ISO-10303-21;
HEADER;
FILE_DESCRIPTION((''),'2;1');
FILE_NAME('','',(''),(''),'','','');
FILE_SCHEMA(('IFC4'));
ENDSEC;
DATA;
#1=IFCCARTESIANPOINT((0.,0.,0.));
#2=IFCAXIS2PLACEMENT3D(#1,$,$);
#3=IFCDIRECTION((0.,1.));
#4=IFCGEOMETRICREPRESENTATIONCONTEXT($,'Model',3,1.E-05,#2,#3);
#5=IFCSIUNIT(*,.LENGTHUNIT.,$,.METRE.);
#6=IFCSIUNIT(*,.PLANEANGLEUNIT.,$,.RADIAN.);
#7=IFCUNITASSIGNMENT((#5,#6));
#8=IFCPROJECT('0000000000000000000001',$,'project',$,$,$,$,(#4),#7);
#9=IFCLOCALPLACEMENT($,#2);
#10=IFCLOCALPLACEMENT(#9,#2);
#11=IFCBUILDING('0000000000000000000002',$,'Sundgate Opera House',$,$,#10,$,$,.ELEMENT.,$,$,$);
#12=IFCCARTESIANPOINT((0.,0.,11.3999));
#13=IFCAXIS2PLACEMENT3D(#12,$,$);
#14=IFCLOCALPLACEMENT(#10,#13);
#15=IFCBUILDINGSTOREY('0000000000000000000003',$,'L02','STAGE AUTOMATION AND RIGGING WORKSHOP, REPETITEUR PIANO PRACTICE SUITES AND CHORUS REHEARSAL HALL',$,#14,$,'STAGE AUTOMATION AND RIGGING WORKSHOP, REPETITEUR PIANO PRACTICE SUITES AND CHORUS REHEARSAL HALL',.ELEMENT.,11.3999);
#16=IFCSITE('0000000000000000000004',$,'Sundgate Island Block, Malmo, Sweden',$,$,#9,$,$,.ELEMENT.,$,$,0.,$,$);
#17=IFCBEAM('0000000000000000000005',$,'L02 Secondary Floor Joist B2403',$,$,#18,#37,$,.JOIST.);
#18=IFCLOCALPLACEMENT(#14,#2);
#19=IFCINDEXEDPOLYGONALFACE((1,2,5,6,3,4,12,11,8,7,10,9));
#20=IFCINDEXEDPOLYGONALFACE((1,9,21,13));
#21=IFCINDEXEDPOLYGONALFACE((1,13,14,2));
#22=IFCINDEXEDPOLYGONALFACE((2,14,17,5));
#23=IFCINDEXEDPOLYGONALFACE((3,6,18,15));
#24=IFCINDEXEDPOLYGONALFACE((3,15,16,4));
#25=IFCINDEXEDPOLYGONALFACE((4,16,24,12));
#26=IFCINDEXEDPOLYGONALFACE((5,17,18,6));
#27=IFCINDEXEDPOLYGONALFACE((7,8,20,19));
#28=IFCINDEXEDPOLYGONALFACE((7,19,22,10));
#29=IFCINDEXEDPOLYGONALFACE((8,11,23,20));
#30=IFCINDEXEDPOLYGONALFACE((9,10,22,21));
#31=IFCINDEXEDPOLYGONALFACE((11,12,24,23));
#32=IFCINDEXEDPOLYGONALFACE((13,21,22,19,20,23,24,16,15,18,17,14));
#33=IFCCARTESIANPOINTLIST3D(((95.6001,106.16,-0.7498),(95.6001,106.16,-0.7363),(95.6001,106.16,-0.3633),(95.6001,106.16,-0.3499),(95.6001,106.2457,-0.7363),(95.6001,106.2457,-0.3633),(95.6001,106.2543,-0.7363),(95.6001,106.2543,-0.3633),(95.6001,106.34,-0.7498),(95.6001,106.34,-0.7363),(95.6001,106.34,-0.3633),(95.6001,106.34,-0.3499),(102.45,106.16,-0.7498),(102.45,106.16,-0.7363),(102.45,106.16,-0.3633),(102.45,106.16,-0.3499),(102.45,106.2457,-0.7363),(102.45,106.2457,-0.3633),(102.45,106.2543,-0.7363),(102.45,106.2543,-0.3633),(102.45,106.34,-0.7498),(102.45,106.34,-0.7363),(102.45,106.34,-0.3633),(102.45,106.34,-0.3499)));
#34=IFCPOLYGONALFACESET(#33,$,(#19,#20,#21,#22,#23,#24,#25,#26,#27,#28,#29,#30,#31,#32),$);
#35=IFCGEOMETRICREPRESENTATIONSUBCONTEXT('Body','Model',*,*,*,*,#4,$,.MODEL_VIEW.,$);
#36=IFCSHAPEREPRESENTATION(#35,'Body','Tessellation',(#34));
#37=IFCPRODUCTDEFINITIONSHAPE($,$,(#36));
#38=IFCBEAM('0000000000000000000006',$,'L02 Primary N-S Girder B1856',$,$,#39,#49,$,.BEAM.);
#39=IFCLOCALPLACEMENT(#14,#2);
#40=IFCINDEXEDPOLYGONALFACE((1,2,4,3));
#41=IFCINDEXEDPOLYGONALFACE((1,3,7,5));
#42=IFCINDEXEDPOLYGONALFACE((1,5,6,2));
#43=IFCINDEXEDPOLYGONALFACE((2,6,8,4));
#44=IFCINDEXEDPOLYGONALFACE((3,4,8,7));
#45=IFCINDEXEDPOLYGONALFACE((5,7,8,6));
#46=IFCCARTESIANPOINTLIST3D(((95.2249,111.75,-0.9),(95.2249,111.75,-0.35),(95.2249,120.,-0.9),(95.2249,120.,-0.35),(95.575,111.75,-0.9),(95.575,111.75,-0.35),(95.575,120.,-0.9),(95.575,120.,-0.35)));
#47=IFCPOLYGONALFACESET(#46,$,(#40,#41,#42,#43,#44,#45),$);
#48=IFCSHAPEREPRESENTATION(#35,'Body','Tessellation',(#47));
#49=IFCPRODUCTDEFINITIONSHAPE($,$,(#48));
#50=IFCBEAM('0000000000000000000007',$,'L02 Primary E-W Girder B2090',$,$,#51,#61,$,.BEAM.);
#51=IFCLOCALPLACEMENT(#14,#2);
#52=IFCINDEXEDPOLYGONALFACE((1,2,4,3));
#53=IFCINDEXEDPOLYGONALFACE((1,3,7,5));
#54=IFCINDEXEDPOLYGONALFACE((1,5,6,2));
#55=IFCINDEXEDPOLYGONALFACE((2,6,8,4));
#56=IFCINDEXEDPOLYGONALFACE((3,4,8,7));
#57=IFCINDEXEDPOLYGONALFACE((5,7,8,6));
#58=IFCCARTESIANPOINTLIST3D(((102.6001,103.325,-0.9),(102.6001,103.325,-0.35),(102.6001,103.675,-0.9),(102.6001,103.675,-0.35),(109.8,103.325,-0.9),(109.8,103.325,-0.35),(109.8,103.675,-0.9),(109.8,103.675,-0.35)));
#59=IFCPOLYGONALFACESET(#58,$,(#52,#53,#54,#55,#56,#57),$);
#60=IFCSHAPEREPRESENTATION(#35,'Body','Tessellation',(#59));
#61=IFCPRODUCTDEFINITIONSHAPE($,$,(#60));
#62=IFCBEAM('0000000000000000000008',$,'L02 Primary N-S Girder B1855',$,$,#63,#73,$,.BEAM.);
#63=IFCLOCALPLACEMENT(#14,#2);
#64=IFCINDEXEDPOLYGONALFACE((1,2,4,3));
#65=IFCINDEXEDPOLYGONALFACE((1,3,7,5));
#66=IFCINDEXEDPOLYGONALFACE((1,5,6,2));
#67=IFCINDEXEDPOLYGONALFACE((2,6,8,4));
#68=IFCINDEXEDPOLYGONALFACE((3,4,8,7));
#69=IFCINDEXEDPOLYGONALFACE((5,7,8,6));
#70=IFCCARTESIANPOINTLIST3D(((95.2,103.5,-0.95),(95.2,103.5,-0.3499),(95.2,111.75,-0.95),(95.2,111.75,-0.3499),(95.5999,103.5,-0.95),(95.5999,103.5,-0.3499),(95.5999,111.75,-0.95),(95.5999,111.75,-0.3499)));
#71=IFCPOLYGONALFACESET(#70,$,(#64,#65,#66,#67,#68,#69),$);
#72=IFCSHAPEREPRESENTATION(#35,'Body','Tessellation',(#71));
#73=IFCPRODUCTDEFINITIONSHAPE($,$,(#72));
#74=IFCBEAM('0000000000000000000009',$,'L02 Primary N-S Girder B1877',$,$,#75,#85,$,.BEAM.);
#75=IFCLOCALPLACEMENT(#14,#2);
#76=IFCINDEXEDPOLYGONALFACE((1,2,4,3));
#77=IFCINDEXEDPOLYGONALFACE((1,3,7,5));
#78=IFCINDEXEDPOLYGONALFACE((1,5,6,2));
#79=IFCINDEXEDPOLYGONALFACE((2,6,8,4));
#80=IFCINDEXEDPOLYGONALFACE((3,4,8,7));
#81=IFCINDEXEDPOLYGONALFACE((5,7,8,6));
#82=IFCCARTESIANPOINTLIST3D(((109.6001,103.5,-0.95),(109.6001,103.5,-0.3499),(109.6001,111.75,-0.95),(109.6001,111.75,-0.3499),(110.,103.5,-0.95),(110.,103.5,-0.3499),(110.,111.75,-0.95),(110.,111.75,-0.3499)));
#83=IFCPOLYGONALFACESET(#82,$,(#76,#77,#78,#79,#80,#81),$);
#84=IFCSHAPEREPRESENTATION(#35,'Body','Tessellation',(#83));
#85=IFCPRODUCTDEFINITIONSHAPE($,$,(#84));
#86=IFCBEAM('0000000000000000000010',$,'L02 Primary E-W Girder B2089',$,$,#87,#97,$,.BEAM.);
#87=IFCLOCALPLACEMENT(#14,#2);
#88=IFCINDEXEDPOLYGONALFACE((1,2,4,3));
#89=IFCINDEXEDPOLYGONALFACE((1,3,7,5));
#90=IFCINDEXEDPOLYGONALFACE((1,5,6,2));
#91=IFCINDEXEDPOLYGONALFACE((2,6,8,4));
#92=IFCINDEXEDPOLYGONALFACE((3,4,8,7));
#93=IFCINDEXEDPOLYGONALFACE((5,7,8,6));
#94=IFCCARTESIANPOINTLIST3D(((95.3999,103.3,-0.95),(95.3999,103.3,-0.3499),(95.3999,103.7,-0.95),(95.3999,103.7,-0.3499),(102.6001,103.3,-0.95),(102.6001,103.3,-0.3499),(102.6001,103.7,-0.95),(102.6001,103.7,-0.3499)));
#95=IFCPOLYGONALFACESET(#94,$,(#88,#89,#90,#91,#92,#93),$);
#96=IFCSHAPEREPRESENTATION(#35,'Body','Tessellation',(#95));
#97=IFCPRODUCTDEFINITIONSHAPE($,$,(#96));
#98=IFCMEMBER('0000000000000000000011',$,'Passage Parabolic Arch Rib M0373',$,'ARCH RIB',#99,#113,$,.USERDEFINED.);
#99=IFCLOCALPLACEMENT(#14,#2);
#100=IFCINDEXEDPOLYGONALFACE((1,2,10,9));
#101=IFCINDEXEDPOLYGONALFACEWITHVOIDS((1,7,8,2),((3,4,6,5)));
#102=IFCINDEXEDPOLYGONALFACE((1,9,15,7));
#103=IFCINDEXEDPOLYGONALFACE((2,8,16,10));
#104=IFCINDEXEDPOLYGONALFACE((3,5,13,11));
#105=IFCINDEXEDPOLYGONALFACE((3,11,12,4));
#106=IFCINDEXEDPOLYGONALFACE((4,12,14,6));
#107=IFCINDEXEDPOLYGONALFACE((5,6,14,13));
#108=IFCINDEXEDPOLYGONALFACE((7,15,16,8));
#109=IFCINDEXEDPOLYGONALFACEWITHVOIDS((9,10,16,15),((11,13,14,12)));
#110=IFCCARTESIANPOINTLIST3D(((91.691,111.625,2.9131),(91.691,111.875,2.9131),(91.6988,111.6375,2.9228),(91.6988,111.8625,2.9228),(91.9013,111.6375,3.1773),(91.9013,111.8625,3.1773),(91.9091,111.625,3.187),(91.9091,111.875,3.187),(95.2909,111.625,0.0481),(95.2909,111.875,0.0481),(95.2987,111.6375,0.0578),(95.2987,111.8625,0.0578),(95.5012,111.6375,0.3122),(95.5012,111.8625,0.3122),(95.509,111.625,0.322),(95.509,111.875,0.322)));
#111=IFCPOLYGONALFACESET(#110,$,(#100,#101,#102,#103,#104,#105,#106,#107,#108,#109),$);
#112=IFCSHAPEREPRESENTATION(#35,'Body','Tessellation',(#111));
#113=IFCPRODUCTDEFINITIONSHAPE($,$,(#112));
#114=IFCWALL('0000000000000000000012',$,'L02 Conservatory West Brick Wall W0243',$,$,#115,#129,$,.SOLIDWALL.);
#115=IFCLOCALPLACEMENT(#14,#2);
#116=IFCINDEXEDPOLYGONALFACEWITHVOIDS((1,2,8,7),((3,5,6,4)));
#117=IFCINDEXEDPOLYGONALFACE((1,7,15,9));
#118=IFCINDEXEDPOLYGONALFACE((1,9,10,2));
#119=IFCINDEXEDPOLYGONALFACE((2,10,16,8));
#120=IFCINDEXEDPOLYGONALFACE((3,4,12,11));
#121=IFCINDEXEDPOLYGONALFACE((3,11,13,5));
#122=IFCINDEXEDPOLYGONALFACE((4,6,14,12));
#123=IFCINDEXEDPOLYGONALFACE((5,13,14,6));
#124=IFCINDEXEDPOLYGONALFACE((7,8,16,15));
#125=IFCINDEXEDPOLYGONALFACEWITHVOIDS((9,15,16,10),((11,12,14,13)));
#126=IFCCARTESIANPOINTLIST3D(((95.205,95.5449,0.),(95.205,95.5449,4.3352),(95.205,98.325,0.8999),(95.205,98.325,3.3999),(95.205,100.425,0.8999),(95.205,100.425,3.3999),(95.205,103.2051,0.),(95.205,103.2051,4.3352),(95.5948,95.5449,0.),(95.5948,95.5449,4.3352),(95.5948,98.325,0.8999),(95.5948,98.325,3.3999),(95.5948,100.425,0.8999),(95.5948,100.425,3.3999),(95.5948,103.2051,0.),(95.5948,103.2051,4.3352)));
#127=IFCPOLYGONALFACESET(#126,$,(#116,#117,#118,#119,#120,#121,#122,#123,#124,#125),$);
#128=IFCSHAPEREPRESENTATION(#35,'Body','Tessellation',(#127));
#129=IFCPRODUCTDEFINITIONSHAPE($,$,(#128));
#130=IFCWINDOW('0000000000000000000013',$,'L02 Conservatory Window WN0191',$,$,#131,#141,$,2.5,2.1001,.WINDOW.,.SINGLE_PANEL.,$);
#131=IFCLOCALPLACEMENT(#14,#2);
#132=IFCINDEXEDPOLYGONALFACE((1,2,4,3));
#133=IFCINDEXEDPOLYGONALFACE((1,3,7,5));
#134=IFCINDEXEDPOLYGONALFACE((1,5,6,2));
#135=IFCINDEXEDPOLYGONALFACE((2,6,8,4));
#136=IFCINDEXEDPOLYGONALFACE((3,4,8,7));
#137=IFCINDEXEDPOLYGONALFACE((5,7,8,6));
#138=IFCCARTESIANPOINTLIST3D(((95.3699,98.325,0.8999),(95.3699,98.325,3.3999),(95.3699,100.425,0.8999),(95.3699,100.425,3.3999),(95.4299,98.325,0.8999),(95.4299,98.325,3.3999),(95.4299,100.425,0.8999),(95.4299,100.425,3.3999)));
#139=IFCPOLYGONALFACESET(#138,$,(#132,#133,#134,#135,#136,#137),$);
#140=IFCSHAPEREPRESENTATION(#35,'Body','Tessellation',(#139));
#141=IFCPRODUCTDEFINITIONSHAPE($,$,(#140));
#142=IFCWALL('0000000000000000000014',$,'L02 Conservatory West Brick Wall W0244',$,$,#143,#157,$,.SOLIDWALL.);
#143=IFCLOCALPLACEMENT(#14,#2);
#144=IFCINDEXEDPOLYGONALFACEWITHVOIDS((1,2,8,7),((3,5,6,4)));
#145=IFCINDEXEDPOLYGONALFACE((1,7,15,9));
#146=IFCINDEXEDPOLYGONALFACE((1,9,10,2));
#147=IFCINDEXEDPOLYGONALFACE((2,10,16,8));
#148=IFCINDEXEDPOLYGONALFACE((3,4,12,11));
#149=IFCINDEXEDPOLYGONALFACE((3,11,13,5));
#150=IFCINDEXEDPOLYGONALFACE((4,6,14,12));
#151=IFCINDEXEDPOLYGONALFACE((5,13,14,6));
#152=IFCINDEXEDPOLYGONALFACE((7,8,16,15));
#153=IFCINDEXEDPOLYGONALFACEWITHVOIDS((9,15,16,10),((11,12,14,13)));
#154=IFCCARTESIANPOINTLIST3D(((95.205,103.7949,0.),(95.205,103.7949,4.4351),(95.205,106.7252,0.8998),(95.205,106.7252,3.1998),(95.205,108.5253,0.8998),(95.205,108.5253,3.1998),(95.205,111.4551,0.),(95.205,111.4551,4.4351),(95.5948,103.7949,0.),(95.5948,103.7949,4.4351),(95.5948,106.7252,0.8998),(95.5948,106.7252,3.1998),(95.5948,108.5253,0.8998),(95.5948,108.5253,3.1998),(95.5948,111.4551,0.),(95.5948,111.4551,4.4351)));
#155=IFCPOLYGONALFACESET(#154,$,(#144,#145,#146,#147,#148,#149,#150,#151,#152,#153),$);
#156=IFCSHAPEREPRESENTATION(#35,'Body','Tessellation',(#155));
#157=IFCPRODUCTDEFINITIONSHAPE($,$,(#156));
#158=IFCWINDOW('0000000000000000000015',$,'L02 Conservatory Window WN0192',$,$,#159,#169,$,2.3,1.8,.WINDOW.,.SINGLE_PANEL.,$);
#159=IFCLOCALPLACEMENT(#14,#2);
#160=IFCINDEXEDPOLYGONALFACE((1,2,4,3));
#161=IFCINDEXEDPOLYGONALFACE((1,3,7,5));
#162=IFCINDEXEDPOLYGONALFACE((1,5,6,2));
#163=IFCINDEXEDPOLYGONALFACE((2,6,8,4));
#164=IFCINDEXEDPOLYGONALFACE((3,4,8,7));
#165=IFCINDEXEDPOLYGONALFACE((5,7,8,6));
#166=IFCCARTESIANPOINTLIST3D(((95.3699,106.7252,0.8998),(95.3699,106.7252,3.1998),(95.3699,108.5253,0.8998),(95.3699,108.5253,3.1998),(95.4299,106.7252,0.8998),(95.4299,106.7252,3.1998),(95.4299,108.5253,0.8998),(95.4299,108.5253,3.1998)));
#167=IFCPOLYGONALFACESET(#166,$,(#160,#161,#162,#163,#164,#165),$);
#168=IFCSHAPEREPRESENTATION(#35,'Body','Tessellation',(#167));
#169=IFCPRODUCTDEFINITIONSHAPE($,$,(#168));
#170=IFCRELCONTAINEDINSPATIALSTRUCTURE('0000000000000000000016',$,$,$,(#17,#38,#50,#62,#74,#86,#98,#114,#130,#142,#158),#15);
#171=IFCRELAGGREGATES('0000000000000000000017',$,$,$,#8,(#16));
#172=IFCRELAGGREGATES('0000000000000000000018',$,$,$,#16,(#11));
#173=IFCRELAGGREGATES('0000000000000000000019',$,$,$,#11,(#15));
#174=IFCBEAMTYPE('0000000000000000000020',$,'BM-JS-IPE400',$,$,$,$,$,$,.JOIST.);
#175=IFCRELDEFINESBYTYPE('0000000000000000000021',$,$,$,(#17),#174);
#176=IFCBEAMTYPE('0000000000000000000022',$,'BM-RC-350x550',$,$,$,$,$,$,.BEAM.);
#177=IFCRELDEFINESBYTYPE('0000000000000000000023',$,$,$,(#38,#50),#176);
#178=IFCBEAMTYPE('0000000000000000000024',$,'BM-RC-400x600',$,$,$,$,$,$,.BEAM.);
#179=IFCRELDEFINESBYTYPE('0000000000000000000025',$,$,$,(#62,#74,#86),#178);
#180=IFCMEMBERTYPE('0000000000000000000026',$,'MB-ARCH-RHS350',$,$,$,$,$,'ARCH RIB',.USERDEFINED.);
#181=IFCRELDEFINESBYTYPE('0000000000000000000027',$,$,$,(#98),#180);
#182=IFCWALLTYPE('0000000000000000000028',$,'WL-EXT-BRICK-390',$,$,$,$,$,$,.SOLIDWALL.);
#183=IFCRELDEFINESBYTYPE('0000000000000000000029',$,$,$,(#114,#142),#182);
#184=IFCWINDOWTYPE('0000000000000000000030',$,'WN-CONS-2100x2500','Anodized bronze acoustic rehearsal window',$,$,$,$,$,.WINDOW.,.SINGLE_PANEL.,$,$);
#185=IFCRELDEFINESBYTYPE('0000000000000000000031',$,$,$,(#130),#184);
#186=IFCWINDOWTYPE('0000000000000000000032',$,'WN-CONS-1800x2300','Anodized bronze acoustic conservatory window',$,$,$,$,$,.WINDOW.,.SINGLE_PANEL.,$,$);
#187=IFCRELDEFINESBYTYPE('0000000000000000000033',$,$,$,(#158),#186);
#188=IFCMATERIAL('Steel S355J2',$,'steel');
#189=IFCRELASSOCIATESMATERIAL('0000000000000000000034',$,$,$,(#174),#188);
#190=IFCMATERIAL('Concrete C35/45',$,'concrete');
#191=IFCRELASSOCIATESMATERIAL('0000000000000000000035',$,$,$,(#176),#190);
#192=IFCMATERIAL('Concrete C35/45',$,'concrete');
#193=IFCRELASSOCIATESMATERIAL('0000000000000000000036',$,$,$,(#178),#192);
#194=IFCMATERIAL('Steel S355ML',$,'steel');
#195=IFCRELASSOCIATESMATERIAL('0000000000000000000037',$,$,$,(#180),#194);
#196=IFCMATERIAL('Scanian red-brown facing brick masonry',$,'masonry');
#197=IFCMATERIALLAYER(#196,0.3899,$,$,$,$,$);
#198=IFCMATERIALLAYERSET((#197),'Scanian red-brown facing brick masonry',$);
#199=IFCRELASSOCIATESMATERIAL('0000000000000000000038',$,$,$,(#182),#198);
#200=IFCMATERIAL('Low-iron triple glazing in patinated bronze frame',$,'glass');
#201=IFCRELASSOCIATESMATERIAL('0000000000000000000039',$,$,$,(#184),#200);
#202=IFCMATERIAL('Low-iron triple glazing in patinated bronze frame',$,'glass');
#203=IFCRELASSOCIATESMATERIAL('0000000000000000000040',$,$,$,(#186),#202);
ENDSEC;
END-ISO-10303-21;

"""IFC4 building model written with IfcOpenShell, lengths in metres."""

from ifc_helpers import new_model, si_unit, direction, frame, frame_2d, origin, origin_2d, place, context, subcontext, project, spatial, rectangle, hollow_rectangle, i_section, extrude, material, layer, layer_set, material_profile, profile_set, type_object, element, fill, save


model = new_model("IFC4")

# Units and contexts
model_context = context("Model", 3, precision=1e-05, world=origin(), true_north=direction((0.0, 1.0)))
body_context = subcontext(model_context, "Body", "Model", "MODEL_VIEW")
ifc_project = project(units=[si_unit("LENGTHUNIT", "METRE"), si_unit("PLANEANGLEUNIT", "RADIAN")], contexts=[model_context])

# Site, building, storey
site_placement = place(None, origin())
site = spatial("IfcSite", under=ifc_project, at=site_placement, Name="Sundgate Island Block, Malmo, Sweden", CompositionType="ELEMENT", RefElevation=0.0)
building_placement = place(site_placement, origin())
building = spatial("IfcBuilding", under=site, at=building_placement, Name="Sundgate Opera House", CompositionType="ELEMENT")
storey_placement = place(building_placement, frame((0.0, 0.0, 11.3999)))
storey = spatial("IfcBuildingStorey", under=building, at=storey_placement, Name="L02", Description="STAGE AUTOMATION AND RIGGING WORKSHOP, REPETITEUR PIANO PRACTICE SUITES AND CHORUS REHEARSAL HALL", LongName="STAGE AUTOMATION AND RIGGING WORKSHOP, REPETITEUR PIANO PRACTICE SUITES AND CHORUS REHEARSAL HALL", CompositionType="ELEMENT", Elevation=11.3999)

# Beams
ifc_material_1 = material(Name="Steel S355J2", Category="steel")
ifc_material_profile_1 = material_profile(ifc_material_1, i_section(OverallWidth=0.1799, OverallDepth=0.3999, WebThickness=0.0085, FlangeThickness=0.0134, at=origin_2d()), Name="IPE 400")
ifc_profile_set_1 = profile_set([ifc_material_profile_1], Name="Steel S355J2")
beam_type_1 = type_object("IfcBeamType", Name="BM-JS-IPE400", PredefinedType="JOIST", material=ifc_profile_set_1)
beam_1_placement = place(storey_placement, frame((95.6001, 106.25, -0.5498), z_axis=(1.0, 0.0, 0.0), x_axis=(0.0, 1.0, 0.0)))
element("IfcBeam", 1, at=beam_1_placement, inside=storey, type_object=beam_type_1, Name="L02 Secondary Floor Joist B2403", PredefinedType="JOIST", context=body_context, shape_type="SweptSolid", body=[
    extrude(i_section(OverallWidth=0.1799, OverallDepth=0.3999, WebThickness=0.0085, FlangeThickness=0.0134, at=origin_2d()), origin(), (0.0, 0.0, 1.0), 6.8499),
])
ifc_material_2 = material(Name="Concrete C35/45", Category="concrete")
ifc_material_profile_2 = material_profile(ifc_material_2, rectangle(XDim=0.3501, YDim=0.55, at=origin_2d()), Name="RC 350x550")
ifc_profile_set_2 = profile_set([ifc_material_profile_2], Name="Concrete C35/45")
beam_type_2 = type_object("IfcBeamType", Name="BM-RC-350x550", PredefinedType="BEAM", material=ifc_profile_set_2)
beam_2_placement = place(storey_placement, frame((95.3999, 111.75, -0.625), z_axis=(0.0, 1.0, 0.0), x_axis=(-1.0, 0.0, 0.0)))
element("IfcBeam", 2, at=beam_2_placement, inside=storey, type_object=beam_type_2, Name="L02 Primary N-S Girder B1856", PredefinedType="BEAM", context=body_context, shape_type="SweptSolid", body=[
    extrude(rectangle(XDim=0.3501, YDim=0.55, at=origin_2d()), origin(), (0.0, 0.0, 1.0), 8.25),
])
beam_3_placement = place(storey_placement, frame((102.6001, 103.5, -0.625), z_axis=(1.0, 0.0, 0.0), x_axis=(0.0, 1.0, 0.0)))
element("IfcBeam", 3, at=beam_3_placement, inside=storey, type_object=beam_type_2, Name="L02 Primary E-W Girder B2090", PredefinedType="BEAM", context=body_context, shape_type="SweptSolid", body=[
    extrude(rectangle(XDim=0.3501, YDim=0.55, at=origin_2d()), origin(), (0.0, 0.0, 1.0), 7.2),
])
ifc_material_3 = material(Name="Concrete C35/45", Category="concrete")
ifc_material_profile_3 = material_profile(ifc_material_3, rectangle(XDim=0.3999, YDim=0.6001, at=origin_2d()), Name="RC 400x600")
ifc_profile_set_3 = profile_set([ifc_material_profile_3], Name="Concrete C35/45")
beam_type_3 = type_object("IfcBeamType", Name="BM-RC-400x600", PredefinedType="BEAM", material=ifc_profile_set_3)
for number, where, z_axis, x_axis, name in (
    (4, (95.3999, 103.5, -0.6499), (0.0, 1.0, 0.0), (-1.0, 0.0, 0.0), "L02 Primary N-S Girder B1855"),
    (5, (109.8, 103.5, -0.6499), (0.0, 1.0, 0.0), (-1.0, 0.0, 0.0), "L02 Primary N-S Girder B1877"),
):
    element("IfcBeam", number, at=place(storey_placement, frame(where, z_axis=z_axis, x_axis=x_axis)), inside=storey, type_object=beam_type_3, Name=name, PredefinedType="BEAM", context=body_context, shape_type="SweptSolid", body=[
        extrude(rectangle(XDim=0.3999, YDim=0.6001, at=origin_2d()), origin(), (0.0, 0.0, 1.0), 8.25),
    ])
beam_4_placement = place(storey_placement, frame((95.3999, 103.5, -0.6499), z_axis=(1.0, 0.0, 0.0), x_axis=(0.0, 1.0, 0.0)))
element("IfcBeam", 6, at=beam_4_placement, inside=storey, type_object=beam_type_3, Name="L02 Primary E-W Girder B2089", PredefinedType="BEAM", context=body_context, shape_type="SweptSolid", body=[
    extrude(rectangle(XDim=0.3999, YDim=0.6001, at=origin_2d()), origin(), (0.0, 0.0, 1.0), 7.2002),
])

# Member
ifc_material_4 = material(Name="Steel S355ML", Category="steel")
ifc_material_profile_4 = material_profile(ifc_material_4, hollow_rectangle(XDim=0.25, YDim=0.3501, WallThickness=0.0125, at=origin_2d()), Name="RHS 350x250x12.5")
ifc_profile_set_4 = profile_set([ifc_material_profile_4], Name="Steel S355ML")
member_type = type_object("IfcMemberType", Name="MB-ARCH-RHS350", ElementType="ARCH RIB", PredefinedType="USERDEFINED", material=ifc_profile_set_4)
member_placement = place(storey_placement, frame((91.8, 111.75, 3.05), z_axis=(0.782445, 0.0, -0.622719), x_axis=(0.0, 1.0, 0.0)))
element("IfcMember", 7, at=member_placement, inside=storey, type_object=member_type, Name="Passage Parabolic Arch Rib M0373", ObjectType="ARCH RIB", PredefinedType="USERDEFINED", context=body_context, shape_type="SweptSolid", body=[
    extrude(hollow_rectangle(XDim=0.25, YDim=0.3501, WallThickness=0.0125, at=origin_2d()), origin(), (0.0, 0.0, 1.0), 4.6008),
])

# Walls, openings, windows
ifc_material_5 = material(Name="Scanian red-brown facing brick masonry", Category="masonry")
ifc_layer = layer(ifc_material_5, 0.3899)
ifc_layer_set = layer_set([ifc_layer], Name="Scanian red-brown facing brick masonry")
wall_type = type_object("IfcWallType", Name="WL-EXT-BRICK-390", PredefinedType="SOLIDWALL", material=ifc_layer_set)
wall_1_placement = place(storey_placement, frame((95.3999, 103.2051, 0.0), z_axis=(0.0, 0.0, 1.0), x_axis=(0.0, -1.0, 0.0)))
wall_1 = element("IfcWall", 8, at=wall_1_placement, inside=storey, type_object=wall_type, Name="L02 Conservatory West Brick Wall W0243", PredefinedType="SOLIDWALL", context=body_context, shape_type="SweptSolid", body=[
    extrude(rectangle(XDim=7.6602, YDim=0.3899, at=frame_2d((3.8301, 0.0))), origin(), (0.0, 0.0, 1.0), 4.3352),
])
opening_1_placement = place(wall_1_placement, frame((2.78, 0.0, 0.8999)))
opening_1 = element("IfcOpeningElement", 9, at=opening_1_placement, cuts=wall_1, PredefinedType="OPENING", context=body_context, shape_type="SweptSolid", body=[
    extrude(rectangle(XDim=2.1001, YDim=2.5, at=frame_2d((1.05, 1.25))), frame((0.0, 0.2048, 0.0), z_axis=(0.0, -1.0, 0.0), x_axis=(1.0, 0.0, 0.0)), (0.0, 0.0, 1.0), 0.4099),
])
ifc_material_6 = material(Name="Low-iron triple glazing in patinated bronze frame", Category="glass")
window_type_1 = type_object("IfcWindowType", Name="WN-CONS-2100x2500", Description="Anodized bronze acoustic rehearsal window", PartitioningType="SINGLE_PANEL", PredefinedType="WINDOW", material=ifc_material_6)
window_1_placement = place(opening_1_placement, origin())
window_1 = element("IfcWindow", 10, at=window_1_placement, inside=storey, type_object=window_type_1, Name="L02 Conservatory Window WN0191", OverallHeight=2.5, OverallWidth=2.1001, PartitioningType="SINGLE_PANEL", PredefinedType="WINDOW", context=body_context, shape_type="SweptSolid", body=[
    extrude(rectangle(XDim=2.1001, YDim=2.5, at=frame_2d((1.05, 1.25))), frame((0.0, 0.03, 0.0), z_axis=(0.0, -1.0, 0.0), x_axis=(1.0, 0.0, 0.0)), (0.0, 0.0, 1.0), 0.0601),
])
fill(opening_1, window_1)
wall_2_placement = place(storey_placement, frame((95.3999, 111.4551, 0.0), z_axis=(0.0, 0.0, 1.0), x_axis=(0.0, -1.0, 0.0)))
wall_2 = element("IfcWall", 11, at=wall_2_placement, inside=storey, type_object=wall_type, Name="L02 Conservatory West Brick Wall W0244", PredefinedType="SOLIDWALL", context=body_context, shape_type="SweptSolid", body=[
    extrude(rectangle(XDim=7.6602, YDim=0.3899, at=frame_2d((3.8301, 0.0))), origin(), (0.0, 0.0, 1.0), 4.4351),
])
opening_2_placement = place(wall_2_placement, frame((2.9299, 0.0, 0.8999)))
opening_2 = element("IfcOpeningElement", 12, at=opening_2_placement, cuts=wall_2, PredefinedType="OPENING", context=body_context, shape_type="SweptSolid", body=[
    extrude(rectangle(XDim=1.8, YDim=2.3, at=frame_2d((0.8999, 1.1499))), frame((0.0, 0.2048, 0.0), z_axis=(0.0, -1.0, 0.0), x_axis=(1.0, 0.0, 0.0)), (0.0, 0.0, 1.0), 0.4099),
])
ifc_material_7 = material(Name="Low-iron triple glazing in patinated bronze frame", Category="glass")
window_type_2 = type_object("IfcWindowType", Name="WN-CONS-1800x2300", Description="Anodized bronze acoustic conservatory window", PartitioningType="SINGLE_PANEL", PredefinedType="WINDOW", material=ifc_material_7)
window_2_placement = place(opening_2_placement, origin())
window_2 = element("IfcWindow", 13, at=window_2_placement, inside=storey, type_object=window_type_2, Name="L02 Conservatory Window WN0192", OverallHeight=2.3, OverallWidth=1.8, PartitioningType="SINGLE_PANEL", PredefinedType="WINDOW", context=body_context, shape_type="SweptSolid", body=[
    extrude(rectangle(XDim=1.8, YDim=2.3, at=frame_2d((0.8999, 1.1499))), frame((0.0, 0.03, 0.0), z_axis=(0.0, -1.0, 0.0), x_axis=(1.0, 0.0, 0.0)), (0.0, 0.0, 1.0), 0.0601),
])
fill(opening_2, window_2)

save(model, "model.ifc")
